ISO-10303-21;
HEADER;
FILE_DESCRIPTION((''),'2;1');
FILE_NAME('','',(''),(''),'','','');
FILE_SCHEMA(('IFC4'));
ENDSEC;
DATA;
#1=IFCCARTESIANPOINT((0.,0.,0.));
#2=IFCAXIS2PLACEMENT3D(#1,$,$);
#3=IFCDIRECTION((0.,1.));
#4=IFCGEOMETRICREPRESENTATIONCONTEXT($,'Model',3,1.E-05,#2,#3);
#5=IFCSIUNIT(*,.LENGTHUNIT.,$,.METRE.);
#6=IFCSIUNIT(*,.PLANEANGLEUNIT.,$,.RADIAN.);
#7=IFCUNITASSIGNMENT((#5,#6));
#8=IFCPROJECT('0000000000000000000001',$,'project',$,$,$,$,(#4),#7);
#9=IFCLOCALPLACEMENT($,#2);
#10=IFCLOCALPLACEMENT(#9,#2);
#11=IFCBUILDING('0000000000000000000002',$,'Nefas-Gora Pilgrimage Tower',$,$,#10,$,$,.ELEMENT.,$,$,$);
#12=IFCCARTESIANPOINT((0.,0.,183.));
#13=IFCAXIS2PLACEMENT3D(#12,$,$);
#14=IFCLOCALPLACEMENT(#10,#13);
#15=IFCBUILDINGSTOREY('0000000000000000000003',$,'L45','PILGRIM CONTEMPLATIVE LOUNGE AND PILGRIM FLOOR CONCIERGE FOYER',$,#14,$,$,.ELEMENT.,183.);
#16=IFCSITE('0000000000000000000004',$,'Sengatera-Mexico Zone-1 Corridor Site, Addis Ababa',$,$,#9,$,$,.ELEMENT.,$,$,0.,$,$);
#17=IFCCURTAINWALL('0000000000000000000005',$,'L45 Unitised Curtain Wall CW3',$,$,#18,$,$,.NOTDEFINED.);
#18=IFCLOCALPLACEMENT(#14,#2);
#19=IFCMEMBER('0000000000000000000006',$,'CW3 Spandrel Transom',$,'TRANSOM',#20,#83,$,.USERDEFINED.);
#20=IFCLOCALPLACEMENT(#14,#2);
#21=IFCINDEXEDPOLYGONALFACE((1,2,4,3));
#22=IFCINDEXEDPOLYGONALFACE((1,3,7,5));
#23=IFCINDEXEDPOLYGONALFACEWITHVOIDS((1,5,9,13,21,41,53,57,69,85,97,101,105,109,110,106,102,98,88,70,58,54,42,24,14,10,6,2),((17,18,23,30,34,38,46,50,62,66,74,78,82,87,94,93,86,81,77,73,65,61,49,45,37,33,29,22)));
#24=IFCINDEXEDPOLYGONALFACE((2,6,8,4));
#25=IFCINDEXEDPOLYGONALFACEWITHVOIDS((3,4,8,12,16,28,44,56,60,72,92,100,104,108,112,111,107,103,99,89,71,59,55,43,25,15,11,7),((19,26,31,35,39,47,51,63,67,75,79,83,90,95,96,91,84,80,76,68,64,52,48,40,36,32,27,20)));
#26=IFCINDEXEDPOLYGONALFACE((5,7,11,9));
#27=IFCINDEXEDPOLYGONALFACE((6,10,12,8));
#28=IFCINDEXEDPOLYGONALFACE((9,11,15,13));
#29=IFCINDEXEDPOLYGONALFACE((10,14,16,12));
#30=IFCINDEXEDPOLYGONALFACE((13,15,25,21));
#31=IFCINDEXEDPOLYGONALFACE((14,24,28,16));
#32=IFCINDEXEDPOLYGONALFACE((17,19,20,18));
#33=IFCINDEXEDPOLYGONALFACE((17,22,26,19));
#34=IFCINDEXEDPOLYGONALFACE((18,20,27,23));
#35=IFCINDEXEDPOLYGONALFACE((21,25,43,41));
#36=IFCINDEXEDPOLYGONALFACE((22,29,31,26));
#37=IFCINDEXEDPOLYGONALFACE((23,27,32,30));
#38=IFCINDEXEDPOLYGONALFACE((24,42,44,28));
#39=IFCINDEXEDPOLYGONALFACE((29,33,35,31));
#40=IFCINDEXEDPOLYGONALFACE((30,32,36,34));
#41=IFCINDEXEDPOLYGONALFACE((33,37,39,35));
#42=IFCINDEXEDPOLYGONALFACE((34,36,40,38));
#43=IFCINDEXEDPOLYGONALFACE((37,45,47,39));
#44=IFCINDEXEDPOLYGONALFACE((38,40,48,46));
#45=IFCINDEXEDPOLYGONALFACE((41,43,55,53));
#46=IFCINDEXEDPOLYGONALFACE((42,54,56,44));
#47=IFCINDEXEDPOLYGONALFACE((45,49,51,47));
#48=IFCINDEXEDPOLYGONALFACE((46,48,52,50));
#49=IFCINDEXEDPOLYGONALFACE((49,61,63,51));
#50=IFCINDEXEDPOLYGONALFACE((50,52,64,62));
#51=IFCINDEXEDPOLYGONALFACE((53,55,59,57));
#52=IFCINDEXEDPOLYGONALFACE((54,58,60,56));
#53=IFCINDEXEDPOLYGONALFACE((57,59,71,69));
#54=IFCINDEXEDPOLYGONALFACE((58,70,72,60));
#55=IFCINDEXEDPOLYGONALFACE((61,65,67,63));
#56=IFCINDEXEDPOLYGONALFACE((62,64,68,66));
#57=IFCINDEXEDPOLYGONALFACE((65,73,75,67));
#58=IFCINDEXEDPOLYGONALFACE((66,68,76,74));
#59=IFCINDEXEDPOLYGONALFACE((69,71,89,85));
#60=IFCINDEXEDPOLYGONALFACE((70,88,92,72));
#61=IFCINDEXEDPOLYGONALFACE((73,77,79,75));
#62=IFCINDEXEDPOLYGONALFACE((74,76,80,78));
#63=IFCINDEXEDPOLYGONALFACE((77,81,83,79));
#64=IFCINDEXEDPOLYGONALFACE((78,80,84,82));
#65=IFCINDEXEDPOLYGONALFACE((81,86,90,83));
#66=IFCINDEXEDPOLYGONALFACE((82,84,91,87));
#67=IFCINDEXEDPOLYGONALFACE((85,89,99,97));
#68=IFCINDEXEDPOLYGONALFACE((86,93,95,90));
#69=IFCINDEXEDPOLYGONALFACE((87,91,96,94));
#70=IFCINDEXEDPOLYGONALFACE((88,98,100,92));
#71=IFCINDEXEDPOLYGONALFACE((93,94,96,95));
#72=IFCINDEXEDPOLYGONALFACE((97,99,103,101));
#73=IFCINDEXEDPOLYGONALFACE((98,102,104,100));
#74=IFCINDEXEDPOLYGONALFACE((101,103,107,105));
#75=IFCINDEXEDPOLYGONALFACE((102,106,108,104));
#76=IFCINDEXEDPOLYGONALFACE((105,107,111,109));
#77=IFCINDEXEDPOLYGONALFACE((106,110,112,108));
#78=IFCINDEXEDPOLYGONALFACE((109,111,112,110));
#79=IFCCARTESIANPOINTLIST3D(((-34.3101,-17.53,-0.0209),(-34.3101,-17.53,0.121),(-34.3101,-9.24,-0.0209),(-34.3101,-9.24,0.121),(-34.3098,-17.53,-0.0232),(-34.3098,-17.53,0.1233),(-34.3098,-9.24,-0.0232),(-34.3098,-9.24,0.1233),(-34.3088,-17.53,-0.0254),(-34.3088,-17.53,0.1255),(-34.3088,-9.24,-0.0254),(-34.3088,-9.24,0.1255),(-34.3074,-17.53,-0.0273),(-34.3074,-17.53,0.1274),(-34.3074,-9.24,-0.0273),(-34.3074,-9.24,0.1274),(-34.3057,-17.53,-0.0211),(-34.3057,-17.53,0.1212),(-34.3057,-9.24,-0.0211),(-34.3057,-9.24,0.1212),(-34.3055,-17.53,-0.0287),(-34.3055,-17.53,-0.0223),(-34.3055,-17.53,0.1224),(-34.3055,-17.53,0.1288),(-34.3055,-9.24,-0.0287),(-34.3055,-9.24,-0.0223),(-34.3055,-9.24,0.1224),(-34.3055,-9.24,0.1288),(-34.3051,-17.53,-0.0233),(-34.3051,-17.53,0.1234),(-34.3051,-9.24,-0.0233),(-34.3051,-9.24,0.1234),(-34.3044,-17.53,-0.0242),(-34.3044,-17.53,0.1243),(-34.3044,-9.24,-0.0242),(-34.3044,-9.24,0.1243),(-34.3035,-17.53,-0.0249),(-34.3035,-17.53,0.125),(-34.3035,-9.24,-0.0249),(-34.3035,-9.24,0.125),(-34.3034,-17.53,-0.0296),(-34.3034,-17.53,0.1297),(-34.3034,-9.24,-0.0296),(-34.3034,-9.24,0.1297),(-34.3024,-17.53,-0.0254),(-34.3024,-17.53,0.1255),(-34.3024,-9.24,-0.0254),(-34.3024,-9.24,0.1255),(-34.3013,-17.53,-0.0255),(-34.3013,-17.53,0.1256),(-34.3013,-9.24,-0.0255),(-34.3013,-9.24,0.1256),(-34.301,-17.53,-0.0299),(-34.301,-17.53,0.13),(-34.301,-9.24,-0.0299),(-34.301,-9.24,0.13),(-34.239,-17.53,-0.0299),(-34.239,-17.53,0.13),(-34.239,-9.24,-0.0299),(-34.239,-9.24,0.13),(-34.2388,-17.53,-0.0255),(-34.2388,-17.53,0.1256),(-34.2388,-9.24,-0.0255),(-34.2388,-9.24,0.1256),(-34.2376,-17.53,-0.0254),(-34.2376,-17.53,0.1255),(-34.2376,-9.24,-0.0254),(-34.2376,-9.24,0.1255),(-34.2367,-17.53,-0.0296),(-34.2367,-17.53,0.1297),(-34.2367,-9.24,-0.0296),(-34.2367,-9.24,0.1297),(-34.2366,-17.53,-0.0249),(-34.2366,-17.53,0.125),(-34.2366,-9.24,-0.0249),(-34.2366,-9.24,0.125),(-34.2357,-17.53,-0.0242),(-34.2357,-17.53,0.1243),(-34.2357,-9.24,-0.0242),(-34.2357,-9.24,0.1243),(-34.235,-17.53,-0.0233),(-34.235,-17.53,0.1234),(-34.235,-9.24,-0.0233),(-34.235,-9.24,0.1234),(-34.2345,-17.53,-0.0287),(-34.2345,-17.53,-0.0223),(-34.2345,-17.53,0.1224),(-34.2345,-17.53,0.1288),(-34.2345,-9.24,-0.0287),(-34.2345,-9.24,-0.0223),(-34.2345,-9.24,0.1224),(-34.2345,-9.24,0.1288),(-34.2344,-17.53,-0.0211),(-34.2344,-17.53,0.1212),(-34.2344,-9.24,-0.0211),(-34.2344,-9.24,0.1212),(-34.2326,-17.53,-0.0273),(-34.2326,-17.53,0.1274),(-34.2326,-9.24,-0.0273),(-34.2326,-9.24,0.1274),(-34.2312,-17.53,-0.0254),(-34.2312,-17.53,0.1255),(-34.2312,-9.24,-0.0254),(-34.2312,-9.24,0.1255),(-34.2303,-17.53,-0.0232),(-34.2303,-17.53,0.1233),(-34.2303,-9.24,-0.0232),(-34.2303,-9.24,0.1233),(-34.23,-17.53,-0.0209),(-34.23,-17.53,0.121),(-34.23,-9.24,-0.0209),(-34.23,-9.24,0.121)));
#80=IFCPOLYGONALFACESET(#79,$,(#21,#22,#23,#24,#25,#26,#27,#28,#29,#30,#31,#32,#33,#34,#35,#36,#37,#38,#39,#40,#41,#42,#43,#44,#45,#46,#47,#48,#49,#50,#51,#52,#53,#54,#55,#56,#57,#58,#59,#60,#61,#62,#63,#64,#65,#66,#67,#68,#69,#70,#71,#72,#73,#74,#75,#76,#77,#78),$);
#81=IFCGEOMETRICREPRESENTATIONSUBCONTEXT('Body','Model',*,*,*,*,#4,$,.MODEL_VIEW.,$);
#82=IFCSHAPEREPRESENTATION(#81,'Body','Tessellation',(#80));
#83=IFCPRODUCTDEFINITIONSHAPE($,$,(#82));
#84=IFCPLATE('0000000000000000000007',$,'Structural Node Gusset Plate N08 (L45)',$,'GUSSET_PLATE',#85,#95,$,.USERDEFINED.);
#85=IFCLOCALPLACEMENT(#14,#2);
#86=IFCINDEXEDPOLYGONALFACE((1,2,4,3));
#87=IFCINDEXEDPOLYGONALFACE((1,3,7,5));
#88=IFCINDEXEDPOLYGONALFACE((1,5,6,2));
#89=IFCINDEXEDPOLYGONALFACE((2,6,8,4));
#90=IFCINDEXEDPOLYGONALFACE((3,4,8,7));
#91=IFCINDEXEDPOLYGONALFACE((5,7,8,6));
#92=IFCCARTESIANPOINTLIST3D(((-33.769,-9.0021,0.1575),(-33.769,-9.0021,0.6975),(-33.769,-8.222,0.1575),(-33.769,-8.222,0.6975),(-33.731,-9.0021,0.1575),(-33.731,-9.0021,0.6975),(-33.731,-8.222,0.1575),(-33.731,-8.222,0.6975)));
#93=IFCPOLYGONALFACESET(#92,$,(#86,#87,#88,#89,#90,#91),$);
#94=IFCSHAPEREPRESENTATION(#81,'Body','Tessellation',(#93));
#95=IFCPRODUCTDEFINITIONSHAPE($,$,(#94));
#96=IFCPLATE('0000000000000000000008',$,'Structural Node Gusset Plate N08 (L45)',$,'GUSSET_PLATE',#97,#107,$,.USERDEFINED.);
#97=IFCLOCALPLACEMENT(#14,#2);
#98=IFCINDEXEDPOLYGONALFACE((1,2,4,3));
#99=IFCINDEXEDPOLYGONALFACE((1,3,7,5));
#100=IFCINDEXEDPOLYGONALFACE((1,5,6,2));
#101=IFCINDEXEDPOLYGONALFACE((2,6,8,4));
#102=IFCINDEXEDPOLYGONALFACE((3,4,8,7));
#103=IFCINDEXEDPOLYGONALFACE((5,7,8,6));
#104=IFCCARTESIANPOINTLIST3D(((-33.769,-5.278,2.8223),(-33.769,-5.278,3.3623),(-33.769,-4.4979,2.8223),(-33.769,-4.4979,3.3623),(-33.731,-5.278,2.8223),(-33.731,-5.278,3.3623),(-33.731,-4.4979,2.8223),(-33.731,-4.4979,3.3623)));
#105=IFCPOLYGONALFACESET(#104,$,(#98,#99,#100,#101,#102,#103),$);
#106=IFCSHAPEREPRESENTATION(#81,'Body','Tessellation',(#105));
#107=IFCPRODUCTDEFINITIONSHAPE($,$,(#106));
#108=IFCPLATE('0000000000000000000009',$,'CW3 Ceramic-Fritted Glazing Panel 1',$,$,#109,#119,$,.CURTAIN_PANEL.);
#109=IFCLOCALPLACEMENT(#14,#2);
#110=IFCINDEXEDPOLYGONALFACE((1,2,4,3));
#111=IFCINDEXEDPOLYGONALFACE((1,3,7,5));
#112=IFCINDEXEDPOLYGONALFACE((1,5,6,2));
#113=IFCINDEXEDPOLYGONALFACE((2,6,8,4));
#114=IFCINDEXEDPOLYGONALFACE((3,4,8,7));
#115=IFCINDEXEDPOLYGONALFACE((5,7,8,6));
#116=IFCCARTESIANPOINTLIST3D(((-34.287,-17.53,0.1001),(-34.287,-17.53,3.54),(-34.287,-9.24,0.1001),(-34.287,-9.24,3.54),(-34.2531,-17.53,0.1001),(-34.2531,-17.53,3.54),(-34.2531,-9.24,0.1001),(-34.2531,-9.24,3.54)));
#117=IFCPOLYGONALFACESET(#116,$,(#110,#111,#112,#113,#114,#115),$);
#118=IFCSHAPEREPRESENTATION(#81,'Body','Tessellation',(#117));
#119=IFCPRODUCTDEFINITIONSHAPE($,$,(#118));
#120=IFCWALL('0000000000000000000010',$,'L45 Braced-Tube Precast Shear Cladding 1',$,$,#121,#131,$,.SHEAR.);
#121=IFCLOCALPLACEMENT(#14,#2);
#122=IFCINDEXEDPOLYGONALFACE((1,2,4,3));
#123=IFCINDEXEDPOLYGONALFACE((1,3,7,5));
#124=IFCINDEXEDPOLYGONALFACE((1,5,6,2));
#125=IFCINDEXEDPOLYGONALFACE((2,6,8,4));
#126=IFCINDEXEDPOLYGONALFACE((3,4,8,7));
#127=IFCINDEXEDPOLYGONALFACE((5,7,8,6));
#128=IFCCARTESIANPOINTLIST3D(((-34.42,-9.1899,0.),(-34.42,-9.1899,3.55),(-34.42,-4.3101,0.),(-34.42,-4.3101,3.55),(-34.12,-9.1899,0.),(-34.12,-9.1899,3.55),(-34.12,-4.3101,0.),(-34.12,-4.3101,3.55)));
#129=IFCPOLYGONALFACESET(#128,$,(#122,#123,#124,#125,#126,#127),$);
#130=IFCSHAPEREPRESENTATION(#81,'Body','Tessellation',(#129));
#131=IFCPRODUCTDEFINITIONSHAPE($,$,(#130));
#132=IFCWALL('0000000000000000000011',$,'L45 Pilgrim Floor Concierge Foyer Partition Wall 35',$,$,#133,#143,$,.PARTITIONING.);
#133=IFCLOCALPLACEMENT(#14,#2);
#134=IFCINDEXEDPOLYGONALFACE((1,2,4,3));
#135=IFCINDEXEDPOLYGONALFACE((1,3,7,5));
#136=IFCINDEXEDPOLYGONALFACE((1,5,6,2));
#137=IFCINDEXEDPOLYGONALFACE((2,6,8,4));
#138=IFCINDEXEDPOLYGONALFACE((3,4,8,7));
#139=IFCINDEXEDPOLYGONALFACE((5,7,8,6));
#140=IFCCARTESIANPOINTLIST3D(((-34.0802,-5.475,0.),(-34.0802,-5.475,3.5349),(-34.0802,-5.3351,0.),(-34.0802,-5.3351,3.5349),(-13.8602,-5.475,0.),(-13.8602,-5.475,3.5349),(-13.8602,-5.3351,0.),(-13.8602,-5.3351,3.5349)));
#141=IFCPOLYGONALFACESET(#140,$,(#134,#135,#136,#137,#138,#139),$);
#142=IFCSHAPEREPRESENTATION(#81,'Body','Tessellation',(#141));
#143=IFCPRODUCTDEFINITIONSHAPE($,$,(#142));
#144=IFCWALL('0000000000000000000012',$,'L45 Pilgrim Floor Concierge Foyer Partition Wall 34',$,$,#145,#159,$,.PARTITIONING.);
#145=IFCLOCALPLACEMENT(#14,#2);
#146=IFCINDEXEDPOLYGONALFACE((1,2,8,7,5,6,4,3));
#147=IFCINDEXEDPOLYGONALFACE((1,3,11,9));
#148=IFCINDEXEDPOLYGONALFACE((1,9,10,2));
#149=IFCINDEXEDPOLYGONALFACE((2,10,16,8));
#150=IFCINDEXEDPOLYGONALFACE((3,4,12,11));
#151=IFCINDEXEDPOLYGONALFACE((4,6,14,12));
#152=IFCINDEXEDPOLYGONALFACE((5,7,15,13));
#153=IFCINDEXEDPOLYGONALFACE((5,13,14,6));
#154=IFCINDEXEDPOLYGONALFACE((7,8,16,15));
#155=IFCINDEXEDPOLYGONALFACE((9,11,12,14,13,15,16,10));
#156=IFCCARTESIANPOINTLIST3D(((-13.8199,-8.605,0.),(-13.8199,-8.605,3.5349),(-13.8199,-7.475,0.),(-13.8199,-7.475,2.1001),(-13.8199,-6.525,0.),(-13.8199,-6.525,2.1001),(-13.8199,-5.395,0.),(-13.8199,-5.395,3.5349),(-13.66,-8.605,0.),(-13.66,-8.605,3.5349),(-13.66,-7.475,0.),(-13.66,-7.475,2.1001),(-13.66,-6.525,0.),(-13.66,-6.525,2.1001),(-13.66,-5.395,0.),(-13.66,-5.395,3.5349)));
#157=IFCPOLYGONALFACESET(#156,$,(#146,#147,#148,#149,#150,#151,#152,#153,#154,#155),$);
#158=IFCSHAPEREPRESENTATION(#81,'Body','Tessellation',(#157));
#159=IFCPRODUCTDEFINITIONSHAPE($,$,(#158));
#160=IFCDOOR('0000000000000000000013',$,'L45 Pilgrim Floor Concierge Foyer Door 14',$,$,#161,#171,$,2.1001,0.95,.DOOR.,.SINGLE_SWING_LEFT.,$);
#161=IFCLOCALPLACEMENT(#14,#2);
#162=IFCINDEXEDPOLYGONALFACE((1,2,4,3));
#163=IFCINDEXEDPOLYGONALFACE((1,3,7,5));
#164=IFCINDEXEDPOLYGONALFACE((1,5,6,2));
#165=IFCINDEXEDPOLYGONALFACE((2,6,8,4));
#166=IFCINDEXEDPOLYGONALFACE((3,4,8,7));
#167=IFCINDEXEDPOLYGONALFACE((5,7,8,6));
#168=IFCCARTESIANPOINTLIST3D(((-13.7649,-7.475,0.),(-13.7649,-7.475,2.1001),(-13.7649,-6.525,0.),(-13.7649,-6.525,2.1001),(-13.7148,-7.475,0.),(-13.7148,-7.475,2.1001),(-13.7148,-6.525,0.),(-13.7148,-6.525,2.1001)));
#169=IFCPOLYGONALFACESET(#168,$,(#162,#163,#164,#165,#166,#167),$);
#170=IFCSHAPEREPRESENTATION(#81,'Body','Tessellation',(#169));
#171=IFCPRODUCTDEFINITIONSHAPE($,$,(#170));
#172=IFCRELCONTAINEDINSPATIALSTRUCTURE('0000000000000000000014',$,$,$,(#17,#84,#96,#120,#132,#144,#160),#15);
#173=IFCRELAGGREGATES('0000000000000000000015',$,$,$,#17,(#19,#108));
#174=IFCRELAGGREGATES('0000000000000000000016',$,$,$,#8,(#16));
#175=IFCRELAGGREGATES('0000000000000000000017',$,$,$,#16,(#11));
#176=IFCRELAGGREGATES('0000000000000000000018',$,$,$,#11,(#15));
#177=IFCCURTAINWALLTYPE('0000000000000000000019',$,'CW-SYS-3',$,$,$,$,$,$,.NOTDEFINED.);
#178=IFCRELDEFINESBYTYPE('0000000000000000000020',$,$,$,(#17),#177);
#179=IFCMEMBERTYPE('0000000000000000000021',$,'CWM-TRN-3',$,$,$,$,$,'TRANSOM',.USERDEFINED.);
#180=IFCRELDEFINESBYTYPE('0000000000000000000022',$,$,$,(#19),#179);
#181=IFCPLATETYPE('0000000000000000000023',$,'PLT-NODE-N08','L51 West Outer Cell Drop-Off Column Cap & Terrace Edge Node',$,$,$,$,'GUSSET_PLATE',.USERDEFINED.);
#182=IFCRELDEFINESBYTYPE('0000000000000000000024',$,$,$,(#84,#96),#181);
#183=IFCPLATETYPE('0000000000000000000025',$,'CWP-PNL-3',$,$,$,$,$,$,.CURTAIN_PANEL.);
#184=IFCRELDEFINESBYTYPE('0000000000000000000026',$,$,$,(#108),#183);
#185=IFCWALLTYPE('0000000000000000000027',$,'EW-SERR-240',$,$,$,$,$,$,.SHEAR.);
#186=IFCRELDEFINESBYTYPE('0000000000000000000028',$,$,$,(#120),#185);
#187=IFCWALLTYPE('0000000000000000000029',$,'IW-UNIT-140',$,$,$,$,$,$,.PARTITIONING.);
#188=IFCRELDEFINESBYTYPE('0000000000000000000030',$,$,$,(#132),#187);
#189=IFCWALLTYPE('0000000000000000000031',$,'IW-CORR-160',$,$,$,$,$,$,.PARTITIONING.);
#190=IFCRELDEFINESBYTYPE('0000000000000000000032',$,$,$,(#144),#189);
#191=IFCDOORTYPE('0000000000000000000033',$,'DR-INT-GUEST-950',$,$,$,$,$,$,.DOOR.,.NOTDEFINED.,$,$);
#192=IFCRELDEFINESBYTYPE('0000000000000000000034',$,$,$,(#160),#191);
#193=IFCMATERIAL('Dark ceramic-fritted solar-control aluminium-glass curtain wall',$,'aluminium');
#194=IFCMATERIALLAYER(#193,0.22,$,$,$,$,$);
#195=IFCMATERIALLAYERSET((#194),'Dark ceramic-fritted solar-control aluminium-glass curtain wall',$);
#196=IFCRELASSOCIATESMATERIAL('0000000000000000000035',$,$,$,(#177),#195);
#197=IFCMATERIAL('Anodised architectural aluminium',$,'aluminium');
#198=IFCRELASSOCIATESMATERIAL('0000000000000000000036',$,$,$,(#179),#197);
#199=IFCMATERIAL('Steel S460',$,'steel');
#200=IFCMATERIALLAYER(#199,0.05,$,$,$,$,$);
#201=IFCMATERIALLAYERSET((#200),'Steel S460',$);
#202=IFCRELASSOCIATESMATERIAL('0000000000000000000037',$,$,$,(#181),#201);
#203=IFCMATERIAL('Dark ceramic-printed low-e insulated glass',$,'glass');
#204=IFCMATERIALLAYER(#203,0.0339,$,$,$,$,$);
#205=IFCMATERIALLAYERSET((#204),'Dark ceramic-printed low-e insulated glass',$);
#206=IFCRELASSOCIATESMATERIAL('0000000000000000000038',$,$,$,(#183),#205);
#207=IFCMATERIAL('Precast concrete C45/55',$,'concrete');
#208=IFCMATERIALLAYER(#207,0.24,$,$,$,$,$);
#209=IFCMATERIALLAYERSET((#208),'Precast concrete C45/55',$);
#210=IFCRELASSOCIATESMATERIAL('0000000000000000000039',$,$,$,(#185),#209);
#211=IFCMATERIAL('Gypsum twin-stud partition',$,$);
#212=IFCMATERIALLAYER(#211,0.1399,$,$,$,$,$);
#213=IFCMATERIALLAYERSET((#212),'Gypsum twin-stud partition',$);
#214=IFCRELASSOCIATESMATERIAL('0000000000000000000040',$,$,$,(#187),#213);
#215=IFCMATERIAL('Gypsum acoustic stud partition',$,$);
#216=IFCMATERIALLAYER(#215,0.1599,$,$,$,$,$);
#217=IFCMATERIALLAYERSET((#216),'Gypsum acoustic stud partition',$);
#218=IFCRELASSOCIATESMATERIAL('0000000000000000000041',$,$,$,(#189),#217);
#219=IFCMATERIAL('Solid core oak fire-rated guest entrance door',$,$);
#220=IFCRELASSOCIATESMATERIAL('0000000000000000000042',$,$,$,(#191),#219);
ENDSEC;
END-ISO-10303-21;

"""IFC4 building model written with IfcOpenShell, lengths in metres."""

from ifc_helpers import new_model, si_unit, direction, frame, frame_2d, origin, origin_2d, place, context, subcontext, project, spatial, rectangle, hollow_rectangle, extrude, source, transform, mapped, material, layer, layer_set, material_profile, profile_set, type_object, element, fill, aggregate, save


model = new_model("IFC4")

# Units and contexts
model_context = context("Model", 3, precision=1e-05, world=origin(), true_north=direction((0.0, 1.0)))
body_context = subcontext(model_context, "Body", "Model", "MODEL_VIEW")
ifc_project = project(units=[si_unit("LENGTHUNIT", "METRE"), si_unit("PLANEANGLEUNIT", "RADIAN")], contexts=[model_context])

# Site, building, storey
site_placement = place(None, origin())
site = spatial("IfcSite", under=ifc_project, at=site_placement, Name="Sengatera-Mexico Zone-1 Corridor Site, Addis Ababa", CompositionType="ELEMENT", RefElevation=0.0)
building_placement = place(site_placement, origin())
building = spatial("IfcBuilding", under=site, at=building_placement, Name="Nefas-Gora Pilgrimage Tower", CompositionType="ELEMENT")
storey_placement = place(building_placement, frame((0.0, 0.0, 183.0)))
storey = spatial("IfcBuildingStorey", under=building, at=storey_placement, Name="L45", Description="PILGRIM CONTEMPLATIVE LOUNGE AND PILGRIM FLOOR CONCIERGE FOYER", CompositionType="ELEMENT", Elevation=183.0)

# Shared definitions
ifc_material_1 = material(Name="Steel S460", Category="steel")

# Shared definitions
ifc_material_2 = material(Name="Dark ceramic-fritted solar-control aluminium-glass curtain wall", Category="aluminium")
ifc_layer_1 = layer(ifc_material_2, 0.22)
ifc_layer_set_1 = layer_set([ifc_layer_1], Name="Dark ceramic-fritted solar-control aluminium-glass curtain wall")
curtain_wall_type = type_object("IfcCurtainWallType", Name="CW-SYS-3", PredefinedType="NOTDEFINED", material=ifc_layer_set_1)
ifc_material_3 = material(Name="Anodised architectural aluminium", Category="aluminium")

# Curtain wall, member
curtain_wall_1_placement = place(storey_placement, origin())
curtain_wall_1 = element("IfcCurtainWall", 1, at=curtain_wall_1_placement, inside=storey, type_object=curtain_wall_type, Name="L45 Unitised Curtain Wall CW3", PredefinedType="NOTDEFINED")
ifc_material_profile_1 = material_profile(ifc_material_3, hollow_rectangle(XDim=0.0801, YDim=0.1599, WallThickness=0.0044, InnerFilletRadius=0.0044, OuterFilletRadius=0.009, at=origin_2d()), Name="ALU TRANSOM 80x160")
ifc_profile_set_1 = profile_set([ifc_material_profile_1], Name="Anodised architectural aluminium")
member_type_1 = type_object("IfcMemberType", Name="CWM-TRN-3", ElementType="TRANSOM", PredefinedType="USERDEFINED", material=ifc_profile_set_1)
shared_shape_1 = source(origin(), body_context, "Body", "SweptSolid", [
    extrude(hollow_rectangle(XDim=0.0801, YDim=0.1599, WallThickness=0.0044, InnerFilletRadius=0.0044, OuterFilletRadius=0.009, at=origin_2d()), origin(), (0.0, 0.0, 1.0), 8.29),
])
member_1_placement = place(storey_placement, frame((-34.27, -9.24, 0.05), z_axis=(0.0, -1.0, 0.0), x_axis=(1.0, 0.0, 0.0)))
member_1 = element("IfcMember", 2, at=member_1_placement, type_object=member_type_1, Name="CW3 Spandrel Transom", ObjectType="TRANSOM", PredefinedType="USERDEFINED", context=body_context, shape_type="MappedRepresentation", body=[
    mapped(shared_shape_1, transform((0.0, 0.0, 0.0), x_axis=(1.0, 0.0, 0.0), y_axis=(0.0, 1.0, 0.0), z_axis=(0.0, 0.0, 1.0), scale=1.0)),
])

# Plates
ifc_layer_2 = layer(ifc_material_1, 0.05)
ifc_layer_set_2 = layer_set([ifc_layer_2], Name="Steel S460")
plate_type_1 = type_object("IfcPlateType", Name="PLT-NODE-N08", Description="L51 West Outer Cell Drop-Off Column Cap & Terrace Edge Node", ElementType="GUSSET_PLATE", PredefinedType="USERDEFINED", material=ifc_layer_set_2)
shared_shape_2 = source(origin(), body_context, "Body", "SweptSolid", [
    extrude(rectangle(XDim=0.78, YDim=0.0381, at=origin_2d()), origin(), (0.0, 0.0, 1.0), 0.54),
])
for number, where, z_axis, x_axis, name in (
    (3, (-33.75, -8.6121, 0.1575), (0.0, 0.0, 1.0), (0.0, 1.0, 0.0), "Structural Node Gusset Plate N08 (L45)"),
    (4, (-33.75, -4.8879, 2.8223), (0.0, 0.0, 1.0), (0.0, 1.0, 0.0), "Structural Node Gusset Plate N08 (L45)"),
):
    element("IfcPlate", number, at=place(storey_placement, frame(where, z_axis=z_axis, x_axis=x_axis)), inside=storey, type_object=plate_type_1, Name=name, ObjectType="GUSSET_PLATE", PredefinedType="USERDEFINED", context=body_context, shape_type="MappedRepresentation", body=[
        mapped(shared_shape_2, transform((0.0, 0.0, 0.0), x_axis=(1.0, 0.0, 0.0), y_axis=(0.0, 1.0, 0.0), z_axis=(0.0, 0.0, 1.0), scale=1.0)),
    ])

# Plate
ifc_material_4 = material(Name="Dark ceramic-printed low-e insulated glass", Category="glass")
ifc_layer_3 = layer(ifc_material_4, 0.0339)
ifc_layer_set_3 = layer_set([ifc_layer_3], Name="Dark ceramic-printed low-e insulated glass")
plate_type_2 = type_object("IfcPlateType", Name="CWP-PNL-3", PredefinedType="CURTAIN_PANEL", material=ifc_layer_set_3)
shared_shape_3 = source(origin(), body_context, "Body", "SweptSolid", [
    extrude(rectangle(XDim=8.29, YDim=0.0339, at=origin_2d()), origin(), (0.0, 0.0, 1.0), 3.4399),
])
plate_placement = place(storey_placement, frame((-34.27, -13.385, 0.1001), z_axis=(0.0, 0.0, 1.0), x_axis=(0.0, -1.0, 0.0)))
plate = element("IfcPlate", 5, at=plate_placement, type_object=plate_type_2, Name="CW3 Ceramic-Fritted Glazing Panel 1", PredefinedType="CURTAIN_PANEL", context=body_context, shape_type="MappedRepresentation", body=[
    mapped(shared_shape_3, transform((0.0, 0.0, 0.0), x_axis=(1.0, 0.0, 0.0), y_axis=(0.0, 1.0, 0.0), z_axis=(0.0, 0.0, 1.0), scale=1.0)),
])
aggregate(curtain_wall_1, [member_1, plate])

# Walls
ifc_material_5 = material(Name="Precast concrete C45/55", Category="concrete")
ifc_layer_4 = layer(ifc_material_5, 0.24)
ifc_layer_set_4 = layer_set([ifc_layer_4], Name="Precast concrete C45/55")
wall_type_1 = type_object("IfcWallType", Name="EW-SERR-240", PredefinedType="SHEAR", material=ifc_layer_set_4)
shared_shape_4 = source(origin(), body_context, "Body", "SweptSolid", [
    extrude(rectangle(XDim=4.8799, YDim=0.3, at=frame_2d((2.4399, 0.0))), origin(), (0.0, 0.0, 1.0), 3.55),
])
wall_1_placement = place(storey_placement, frame((-34.27, -9.1899, 0.0), z_axis=(0.0, 0.0, 1.0), x_axis=(0.0, 1.0, 0.0)))
element("IfcWall", 6, at=wall_1_placement, inside=storey, type_object=wall_type_1, Name="L45 Braced-Tube Precast Shear Cladding 1", PredefinedType="SHEAR", context=body_context, shape_type="MappedRepresentation", body=[
    mapped(shared_shape_4, transform((0.0, 0.0, 0.0), x_axis=(1.0, 0.0, 0.0), y_axis=(0.0, 1.0, 0.0), z_axis=(0.0, 0.0, 1.0), scale=1.0)),
])
ifc_material_6 = material(Name="Gypsum twin-stud partition")
ifc_layer_5 = layer(ifc_material_6, 0.1399)
ifc_layer_set_5 = layer_set([ifc_layer_5], Name="Gypsum twin-stud partition")
wall_type_2 = type_object("IfcWallType", Name="IW-UNIT-140", PredefinedType="PARTITIONING", material=ifc_layer_set_5)
shared_shape_5 = source(origin(), body_context, "Body", "SweptSolid", [
    extrude(rectangle(XDim=20.22, YDim=0.1399, at=frame_2d((10.1099, 0.0))), origin(), (0.0, 0.0, 1.0), 3.5349),
])
wall_2_placement = place(storey_placement, frame((-34.0801, -5.405, 0.0), z_axis=(0.0, 0.0, 1.0), x_axis=(1.0, 0.0, 0.0)))
element("IfcWall", 7, at=wall_2_placement, inside=storey, type_object=wall_type_2, Name="L45 Pilgrim Floor Concierge Foyer Partition Wall 35", PredefinedType="PARTITIONING", context=body_context, shape_type="MappedRepresentation", body=[
    mapped(shared_shape_5, transform((0.0, 0.0, 0.0), x_axis=(1.0, 0.0, 0.0), y_axis=(0.0, 1.0, 0.0), z_axis=(0.0, 0.0, 1.0), scale=1.0)),
])

# Wall, opening, door
ifc_material_7 = material(Name="Gypsum acoustic stud partition")
ifc_layer_6 = layer(ifc_material_7, 0.1599)
ifc_layer_set_6 = layer_set([ifc_layer_6], Name="Gypsum acoustic stud partition")
wall_type_3 = type_object("IfcWallType", Name="IW-CORR-160", PredefinedType="PARTITIONING", material=ifc_layer_set_6)
shared_shape_6 = source(origin(), body_context, "Body", "SweptSolid", [
    extrude(rectangle(XDim=3.21, YDim=0.1599, at=frame_2d((1.605, 0.0))), origin(), (0.0, 0.0, 1.0), 3.5349),
])
wall_3_placement = place(storey_placement, frame((-13.74, -8.605, 0.0), z_axis=(0.0, 0.0, 1.0), x_axis=(0.0, 1.0, 0.0)))
wall_3 = element("IfcWall", 8, at=wall_3_placement, inside=storey, type_object=wall_type_3, Name="L45 Pilgrim Floor Concierge Foyer Partition Wall 34", PredefinedType="PARTITIONING", context=body_context, shape_type="MappedRepresentation", body=[
    mapped(shared_shape_6, transform((0.0, 0.0, 0.0), x_axis=(1.0, 0.0, 0.0), y_axis=(0.0, 1.0, 0.0), z_axis=(0.0, 0.0, 1.0), scale=1.0)),
])
opening_1_placement = place(wall_3_placement, frame((1.1299, 0.0, 0.0)))
opening_1 = element("IfcOpeningElement", 9, at=opening_1_placement, cuts=wall_3, PredefinedType="OPENING", context=body_context, shape_type="SweptSolid", body=[
    extrude(rectangle(XDim=0.95, YDim=2.1001, at=frame_2d((0.4751, 1.05))), frame((0.0, 0.0898, 0.0), z_axis=(0.0, -1.0, 0.0), x_axis=(1.0, 0.0, 0.0)), (0.0, 0.0, 1.0), 0.1799),
])
ifc_material_8 = material(Name="Solid core oak fire-rated guest entrance door")
door_type = type_object("IfcDoorType", Name="DR-INT-GUEST-950", OperationType="NOTDEFINED", PredefinedType="DOOR", material=ifc_material_8)
shared_shape_7 = source(origin(), body_context, "Body", "SweptSolid", [
    extrude(rectangle(XDim=0.95, YDim=2.1001, at=frame_2d((0.4751, 1.05))), frame((0.0, 0.0249, 0.0), z_axis=(0.0, -1.0, 0.0), x_axis=(1.0, 0.0, 0.0)), (0.0, 0.0, 1.0), 0.05),
])
door_1_placement = place(opening_1_placement, origin())
door_1 = element("IfcDoor", 10, at=door_1_placement, inside=storey, type_object=door_type, Name="L45 Pilgrim Floor Concierge Foyer Door 14", OperationType="SINGLE_SWING_LEFT", OverallHeight=2.1001, OverallWidth=0.95, PredefinedType="DOOR", context=body_context, shape_type="MappedRepresentation", body=[
    mapped(shared_shape_7, transform((0.0, 0.0, 0.0), x_axis=(1.0, 0.0, 0.0), y_axis=(0.0, 1.0, 0.0), z_axis=(0.0, 0.0, 1.0), scale=1.0)),
])
fill(opening_1, door_1)

save(model, "model.ifc")
